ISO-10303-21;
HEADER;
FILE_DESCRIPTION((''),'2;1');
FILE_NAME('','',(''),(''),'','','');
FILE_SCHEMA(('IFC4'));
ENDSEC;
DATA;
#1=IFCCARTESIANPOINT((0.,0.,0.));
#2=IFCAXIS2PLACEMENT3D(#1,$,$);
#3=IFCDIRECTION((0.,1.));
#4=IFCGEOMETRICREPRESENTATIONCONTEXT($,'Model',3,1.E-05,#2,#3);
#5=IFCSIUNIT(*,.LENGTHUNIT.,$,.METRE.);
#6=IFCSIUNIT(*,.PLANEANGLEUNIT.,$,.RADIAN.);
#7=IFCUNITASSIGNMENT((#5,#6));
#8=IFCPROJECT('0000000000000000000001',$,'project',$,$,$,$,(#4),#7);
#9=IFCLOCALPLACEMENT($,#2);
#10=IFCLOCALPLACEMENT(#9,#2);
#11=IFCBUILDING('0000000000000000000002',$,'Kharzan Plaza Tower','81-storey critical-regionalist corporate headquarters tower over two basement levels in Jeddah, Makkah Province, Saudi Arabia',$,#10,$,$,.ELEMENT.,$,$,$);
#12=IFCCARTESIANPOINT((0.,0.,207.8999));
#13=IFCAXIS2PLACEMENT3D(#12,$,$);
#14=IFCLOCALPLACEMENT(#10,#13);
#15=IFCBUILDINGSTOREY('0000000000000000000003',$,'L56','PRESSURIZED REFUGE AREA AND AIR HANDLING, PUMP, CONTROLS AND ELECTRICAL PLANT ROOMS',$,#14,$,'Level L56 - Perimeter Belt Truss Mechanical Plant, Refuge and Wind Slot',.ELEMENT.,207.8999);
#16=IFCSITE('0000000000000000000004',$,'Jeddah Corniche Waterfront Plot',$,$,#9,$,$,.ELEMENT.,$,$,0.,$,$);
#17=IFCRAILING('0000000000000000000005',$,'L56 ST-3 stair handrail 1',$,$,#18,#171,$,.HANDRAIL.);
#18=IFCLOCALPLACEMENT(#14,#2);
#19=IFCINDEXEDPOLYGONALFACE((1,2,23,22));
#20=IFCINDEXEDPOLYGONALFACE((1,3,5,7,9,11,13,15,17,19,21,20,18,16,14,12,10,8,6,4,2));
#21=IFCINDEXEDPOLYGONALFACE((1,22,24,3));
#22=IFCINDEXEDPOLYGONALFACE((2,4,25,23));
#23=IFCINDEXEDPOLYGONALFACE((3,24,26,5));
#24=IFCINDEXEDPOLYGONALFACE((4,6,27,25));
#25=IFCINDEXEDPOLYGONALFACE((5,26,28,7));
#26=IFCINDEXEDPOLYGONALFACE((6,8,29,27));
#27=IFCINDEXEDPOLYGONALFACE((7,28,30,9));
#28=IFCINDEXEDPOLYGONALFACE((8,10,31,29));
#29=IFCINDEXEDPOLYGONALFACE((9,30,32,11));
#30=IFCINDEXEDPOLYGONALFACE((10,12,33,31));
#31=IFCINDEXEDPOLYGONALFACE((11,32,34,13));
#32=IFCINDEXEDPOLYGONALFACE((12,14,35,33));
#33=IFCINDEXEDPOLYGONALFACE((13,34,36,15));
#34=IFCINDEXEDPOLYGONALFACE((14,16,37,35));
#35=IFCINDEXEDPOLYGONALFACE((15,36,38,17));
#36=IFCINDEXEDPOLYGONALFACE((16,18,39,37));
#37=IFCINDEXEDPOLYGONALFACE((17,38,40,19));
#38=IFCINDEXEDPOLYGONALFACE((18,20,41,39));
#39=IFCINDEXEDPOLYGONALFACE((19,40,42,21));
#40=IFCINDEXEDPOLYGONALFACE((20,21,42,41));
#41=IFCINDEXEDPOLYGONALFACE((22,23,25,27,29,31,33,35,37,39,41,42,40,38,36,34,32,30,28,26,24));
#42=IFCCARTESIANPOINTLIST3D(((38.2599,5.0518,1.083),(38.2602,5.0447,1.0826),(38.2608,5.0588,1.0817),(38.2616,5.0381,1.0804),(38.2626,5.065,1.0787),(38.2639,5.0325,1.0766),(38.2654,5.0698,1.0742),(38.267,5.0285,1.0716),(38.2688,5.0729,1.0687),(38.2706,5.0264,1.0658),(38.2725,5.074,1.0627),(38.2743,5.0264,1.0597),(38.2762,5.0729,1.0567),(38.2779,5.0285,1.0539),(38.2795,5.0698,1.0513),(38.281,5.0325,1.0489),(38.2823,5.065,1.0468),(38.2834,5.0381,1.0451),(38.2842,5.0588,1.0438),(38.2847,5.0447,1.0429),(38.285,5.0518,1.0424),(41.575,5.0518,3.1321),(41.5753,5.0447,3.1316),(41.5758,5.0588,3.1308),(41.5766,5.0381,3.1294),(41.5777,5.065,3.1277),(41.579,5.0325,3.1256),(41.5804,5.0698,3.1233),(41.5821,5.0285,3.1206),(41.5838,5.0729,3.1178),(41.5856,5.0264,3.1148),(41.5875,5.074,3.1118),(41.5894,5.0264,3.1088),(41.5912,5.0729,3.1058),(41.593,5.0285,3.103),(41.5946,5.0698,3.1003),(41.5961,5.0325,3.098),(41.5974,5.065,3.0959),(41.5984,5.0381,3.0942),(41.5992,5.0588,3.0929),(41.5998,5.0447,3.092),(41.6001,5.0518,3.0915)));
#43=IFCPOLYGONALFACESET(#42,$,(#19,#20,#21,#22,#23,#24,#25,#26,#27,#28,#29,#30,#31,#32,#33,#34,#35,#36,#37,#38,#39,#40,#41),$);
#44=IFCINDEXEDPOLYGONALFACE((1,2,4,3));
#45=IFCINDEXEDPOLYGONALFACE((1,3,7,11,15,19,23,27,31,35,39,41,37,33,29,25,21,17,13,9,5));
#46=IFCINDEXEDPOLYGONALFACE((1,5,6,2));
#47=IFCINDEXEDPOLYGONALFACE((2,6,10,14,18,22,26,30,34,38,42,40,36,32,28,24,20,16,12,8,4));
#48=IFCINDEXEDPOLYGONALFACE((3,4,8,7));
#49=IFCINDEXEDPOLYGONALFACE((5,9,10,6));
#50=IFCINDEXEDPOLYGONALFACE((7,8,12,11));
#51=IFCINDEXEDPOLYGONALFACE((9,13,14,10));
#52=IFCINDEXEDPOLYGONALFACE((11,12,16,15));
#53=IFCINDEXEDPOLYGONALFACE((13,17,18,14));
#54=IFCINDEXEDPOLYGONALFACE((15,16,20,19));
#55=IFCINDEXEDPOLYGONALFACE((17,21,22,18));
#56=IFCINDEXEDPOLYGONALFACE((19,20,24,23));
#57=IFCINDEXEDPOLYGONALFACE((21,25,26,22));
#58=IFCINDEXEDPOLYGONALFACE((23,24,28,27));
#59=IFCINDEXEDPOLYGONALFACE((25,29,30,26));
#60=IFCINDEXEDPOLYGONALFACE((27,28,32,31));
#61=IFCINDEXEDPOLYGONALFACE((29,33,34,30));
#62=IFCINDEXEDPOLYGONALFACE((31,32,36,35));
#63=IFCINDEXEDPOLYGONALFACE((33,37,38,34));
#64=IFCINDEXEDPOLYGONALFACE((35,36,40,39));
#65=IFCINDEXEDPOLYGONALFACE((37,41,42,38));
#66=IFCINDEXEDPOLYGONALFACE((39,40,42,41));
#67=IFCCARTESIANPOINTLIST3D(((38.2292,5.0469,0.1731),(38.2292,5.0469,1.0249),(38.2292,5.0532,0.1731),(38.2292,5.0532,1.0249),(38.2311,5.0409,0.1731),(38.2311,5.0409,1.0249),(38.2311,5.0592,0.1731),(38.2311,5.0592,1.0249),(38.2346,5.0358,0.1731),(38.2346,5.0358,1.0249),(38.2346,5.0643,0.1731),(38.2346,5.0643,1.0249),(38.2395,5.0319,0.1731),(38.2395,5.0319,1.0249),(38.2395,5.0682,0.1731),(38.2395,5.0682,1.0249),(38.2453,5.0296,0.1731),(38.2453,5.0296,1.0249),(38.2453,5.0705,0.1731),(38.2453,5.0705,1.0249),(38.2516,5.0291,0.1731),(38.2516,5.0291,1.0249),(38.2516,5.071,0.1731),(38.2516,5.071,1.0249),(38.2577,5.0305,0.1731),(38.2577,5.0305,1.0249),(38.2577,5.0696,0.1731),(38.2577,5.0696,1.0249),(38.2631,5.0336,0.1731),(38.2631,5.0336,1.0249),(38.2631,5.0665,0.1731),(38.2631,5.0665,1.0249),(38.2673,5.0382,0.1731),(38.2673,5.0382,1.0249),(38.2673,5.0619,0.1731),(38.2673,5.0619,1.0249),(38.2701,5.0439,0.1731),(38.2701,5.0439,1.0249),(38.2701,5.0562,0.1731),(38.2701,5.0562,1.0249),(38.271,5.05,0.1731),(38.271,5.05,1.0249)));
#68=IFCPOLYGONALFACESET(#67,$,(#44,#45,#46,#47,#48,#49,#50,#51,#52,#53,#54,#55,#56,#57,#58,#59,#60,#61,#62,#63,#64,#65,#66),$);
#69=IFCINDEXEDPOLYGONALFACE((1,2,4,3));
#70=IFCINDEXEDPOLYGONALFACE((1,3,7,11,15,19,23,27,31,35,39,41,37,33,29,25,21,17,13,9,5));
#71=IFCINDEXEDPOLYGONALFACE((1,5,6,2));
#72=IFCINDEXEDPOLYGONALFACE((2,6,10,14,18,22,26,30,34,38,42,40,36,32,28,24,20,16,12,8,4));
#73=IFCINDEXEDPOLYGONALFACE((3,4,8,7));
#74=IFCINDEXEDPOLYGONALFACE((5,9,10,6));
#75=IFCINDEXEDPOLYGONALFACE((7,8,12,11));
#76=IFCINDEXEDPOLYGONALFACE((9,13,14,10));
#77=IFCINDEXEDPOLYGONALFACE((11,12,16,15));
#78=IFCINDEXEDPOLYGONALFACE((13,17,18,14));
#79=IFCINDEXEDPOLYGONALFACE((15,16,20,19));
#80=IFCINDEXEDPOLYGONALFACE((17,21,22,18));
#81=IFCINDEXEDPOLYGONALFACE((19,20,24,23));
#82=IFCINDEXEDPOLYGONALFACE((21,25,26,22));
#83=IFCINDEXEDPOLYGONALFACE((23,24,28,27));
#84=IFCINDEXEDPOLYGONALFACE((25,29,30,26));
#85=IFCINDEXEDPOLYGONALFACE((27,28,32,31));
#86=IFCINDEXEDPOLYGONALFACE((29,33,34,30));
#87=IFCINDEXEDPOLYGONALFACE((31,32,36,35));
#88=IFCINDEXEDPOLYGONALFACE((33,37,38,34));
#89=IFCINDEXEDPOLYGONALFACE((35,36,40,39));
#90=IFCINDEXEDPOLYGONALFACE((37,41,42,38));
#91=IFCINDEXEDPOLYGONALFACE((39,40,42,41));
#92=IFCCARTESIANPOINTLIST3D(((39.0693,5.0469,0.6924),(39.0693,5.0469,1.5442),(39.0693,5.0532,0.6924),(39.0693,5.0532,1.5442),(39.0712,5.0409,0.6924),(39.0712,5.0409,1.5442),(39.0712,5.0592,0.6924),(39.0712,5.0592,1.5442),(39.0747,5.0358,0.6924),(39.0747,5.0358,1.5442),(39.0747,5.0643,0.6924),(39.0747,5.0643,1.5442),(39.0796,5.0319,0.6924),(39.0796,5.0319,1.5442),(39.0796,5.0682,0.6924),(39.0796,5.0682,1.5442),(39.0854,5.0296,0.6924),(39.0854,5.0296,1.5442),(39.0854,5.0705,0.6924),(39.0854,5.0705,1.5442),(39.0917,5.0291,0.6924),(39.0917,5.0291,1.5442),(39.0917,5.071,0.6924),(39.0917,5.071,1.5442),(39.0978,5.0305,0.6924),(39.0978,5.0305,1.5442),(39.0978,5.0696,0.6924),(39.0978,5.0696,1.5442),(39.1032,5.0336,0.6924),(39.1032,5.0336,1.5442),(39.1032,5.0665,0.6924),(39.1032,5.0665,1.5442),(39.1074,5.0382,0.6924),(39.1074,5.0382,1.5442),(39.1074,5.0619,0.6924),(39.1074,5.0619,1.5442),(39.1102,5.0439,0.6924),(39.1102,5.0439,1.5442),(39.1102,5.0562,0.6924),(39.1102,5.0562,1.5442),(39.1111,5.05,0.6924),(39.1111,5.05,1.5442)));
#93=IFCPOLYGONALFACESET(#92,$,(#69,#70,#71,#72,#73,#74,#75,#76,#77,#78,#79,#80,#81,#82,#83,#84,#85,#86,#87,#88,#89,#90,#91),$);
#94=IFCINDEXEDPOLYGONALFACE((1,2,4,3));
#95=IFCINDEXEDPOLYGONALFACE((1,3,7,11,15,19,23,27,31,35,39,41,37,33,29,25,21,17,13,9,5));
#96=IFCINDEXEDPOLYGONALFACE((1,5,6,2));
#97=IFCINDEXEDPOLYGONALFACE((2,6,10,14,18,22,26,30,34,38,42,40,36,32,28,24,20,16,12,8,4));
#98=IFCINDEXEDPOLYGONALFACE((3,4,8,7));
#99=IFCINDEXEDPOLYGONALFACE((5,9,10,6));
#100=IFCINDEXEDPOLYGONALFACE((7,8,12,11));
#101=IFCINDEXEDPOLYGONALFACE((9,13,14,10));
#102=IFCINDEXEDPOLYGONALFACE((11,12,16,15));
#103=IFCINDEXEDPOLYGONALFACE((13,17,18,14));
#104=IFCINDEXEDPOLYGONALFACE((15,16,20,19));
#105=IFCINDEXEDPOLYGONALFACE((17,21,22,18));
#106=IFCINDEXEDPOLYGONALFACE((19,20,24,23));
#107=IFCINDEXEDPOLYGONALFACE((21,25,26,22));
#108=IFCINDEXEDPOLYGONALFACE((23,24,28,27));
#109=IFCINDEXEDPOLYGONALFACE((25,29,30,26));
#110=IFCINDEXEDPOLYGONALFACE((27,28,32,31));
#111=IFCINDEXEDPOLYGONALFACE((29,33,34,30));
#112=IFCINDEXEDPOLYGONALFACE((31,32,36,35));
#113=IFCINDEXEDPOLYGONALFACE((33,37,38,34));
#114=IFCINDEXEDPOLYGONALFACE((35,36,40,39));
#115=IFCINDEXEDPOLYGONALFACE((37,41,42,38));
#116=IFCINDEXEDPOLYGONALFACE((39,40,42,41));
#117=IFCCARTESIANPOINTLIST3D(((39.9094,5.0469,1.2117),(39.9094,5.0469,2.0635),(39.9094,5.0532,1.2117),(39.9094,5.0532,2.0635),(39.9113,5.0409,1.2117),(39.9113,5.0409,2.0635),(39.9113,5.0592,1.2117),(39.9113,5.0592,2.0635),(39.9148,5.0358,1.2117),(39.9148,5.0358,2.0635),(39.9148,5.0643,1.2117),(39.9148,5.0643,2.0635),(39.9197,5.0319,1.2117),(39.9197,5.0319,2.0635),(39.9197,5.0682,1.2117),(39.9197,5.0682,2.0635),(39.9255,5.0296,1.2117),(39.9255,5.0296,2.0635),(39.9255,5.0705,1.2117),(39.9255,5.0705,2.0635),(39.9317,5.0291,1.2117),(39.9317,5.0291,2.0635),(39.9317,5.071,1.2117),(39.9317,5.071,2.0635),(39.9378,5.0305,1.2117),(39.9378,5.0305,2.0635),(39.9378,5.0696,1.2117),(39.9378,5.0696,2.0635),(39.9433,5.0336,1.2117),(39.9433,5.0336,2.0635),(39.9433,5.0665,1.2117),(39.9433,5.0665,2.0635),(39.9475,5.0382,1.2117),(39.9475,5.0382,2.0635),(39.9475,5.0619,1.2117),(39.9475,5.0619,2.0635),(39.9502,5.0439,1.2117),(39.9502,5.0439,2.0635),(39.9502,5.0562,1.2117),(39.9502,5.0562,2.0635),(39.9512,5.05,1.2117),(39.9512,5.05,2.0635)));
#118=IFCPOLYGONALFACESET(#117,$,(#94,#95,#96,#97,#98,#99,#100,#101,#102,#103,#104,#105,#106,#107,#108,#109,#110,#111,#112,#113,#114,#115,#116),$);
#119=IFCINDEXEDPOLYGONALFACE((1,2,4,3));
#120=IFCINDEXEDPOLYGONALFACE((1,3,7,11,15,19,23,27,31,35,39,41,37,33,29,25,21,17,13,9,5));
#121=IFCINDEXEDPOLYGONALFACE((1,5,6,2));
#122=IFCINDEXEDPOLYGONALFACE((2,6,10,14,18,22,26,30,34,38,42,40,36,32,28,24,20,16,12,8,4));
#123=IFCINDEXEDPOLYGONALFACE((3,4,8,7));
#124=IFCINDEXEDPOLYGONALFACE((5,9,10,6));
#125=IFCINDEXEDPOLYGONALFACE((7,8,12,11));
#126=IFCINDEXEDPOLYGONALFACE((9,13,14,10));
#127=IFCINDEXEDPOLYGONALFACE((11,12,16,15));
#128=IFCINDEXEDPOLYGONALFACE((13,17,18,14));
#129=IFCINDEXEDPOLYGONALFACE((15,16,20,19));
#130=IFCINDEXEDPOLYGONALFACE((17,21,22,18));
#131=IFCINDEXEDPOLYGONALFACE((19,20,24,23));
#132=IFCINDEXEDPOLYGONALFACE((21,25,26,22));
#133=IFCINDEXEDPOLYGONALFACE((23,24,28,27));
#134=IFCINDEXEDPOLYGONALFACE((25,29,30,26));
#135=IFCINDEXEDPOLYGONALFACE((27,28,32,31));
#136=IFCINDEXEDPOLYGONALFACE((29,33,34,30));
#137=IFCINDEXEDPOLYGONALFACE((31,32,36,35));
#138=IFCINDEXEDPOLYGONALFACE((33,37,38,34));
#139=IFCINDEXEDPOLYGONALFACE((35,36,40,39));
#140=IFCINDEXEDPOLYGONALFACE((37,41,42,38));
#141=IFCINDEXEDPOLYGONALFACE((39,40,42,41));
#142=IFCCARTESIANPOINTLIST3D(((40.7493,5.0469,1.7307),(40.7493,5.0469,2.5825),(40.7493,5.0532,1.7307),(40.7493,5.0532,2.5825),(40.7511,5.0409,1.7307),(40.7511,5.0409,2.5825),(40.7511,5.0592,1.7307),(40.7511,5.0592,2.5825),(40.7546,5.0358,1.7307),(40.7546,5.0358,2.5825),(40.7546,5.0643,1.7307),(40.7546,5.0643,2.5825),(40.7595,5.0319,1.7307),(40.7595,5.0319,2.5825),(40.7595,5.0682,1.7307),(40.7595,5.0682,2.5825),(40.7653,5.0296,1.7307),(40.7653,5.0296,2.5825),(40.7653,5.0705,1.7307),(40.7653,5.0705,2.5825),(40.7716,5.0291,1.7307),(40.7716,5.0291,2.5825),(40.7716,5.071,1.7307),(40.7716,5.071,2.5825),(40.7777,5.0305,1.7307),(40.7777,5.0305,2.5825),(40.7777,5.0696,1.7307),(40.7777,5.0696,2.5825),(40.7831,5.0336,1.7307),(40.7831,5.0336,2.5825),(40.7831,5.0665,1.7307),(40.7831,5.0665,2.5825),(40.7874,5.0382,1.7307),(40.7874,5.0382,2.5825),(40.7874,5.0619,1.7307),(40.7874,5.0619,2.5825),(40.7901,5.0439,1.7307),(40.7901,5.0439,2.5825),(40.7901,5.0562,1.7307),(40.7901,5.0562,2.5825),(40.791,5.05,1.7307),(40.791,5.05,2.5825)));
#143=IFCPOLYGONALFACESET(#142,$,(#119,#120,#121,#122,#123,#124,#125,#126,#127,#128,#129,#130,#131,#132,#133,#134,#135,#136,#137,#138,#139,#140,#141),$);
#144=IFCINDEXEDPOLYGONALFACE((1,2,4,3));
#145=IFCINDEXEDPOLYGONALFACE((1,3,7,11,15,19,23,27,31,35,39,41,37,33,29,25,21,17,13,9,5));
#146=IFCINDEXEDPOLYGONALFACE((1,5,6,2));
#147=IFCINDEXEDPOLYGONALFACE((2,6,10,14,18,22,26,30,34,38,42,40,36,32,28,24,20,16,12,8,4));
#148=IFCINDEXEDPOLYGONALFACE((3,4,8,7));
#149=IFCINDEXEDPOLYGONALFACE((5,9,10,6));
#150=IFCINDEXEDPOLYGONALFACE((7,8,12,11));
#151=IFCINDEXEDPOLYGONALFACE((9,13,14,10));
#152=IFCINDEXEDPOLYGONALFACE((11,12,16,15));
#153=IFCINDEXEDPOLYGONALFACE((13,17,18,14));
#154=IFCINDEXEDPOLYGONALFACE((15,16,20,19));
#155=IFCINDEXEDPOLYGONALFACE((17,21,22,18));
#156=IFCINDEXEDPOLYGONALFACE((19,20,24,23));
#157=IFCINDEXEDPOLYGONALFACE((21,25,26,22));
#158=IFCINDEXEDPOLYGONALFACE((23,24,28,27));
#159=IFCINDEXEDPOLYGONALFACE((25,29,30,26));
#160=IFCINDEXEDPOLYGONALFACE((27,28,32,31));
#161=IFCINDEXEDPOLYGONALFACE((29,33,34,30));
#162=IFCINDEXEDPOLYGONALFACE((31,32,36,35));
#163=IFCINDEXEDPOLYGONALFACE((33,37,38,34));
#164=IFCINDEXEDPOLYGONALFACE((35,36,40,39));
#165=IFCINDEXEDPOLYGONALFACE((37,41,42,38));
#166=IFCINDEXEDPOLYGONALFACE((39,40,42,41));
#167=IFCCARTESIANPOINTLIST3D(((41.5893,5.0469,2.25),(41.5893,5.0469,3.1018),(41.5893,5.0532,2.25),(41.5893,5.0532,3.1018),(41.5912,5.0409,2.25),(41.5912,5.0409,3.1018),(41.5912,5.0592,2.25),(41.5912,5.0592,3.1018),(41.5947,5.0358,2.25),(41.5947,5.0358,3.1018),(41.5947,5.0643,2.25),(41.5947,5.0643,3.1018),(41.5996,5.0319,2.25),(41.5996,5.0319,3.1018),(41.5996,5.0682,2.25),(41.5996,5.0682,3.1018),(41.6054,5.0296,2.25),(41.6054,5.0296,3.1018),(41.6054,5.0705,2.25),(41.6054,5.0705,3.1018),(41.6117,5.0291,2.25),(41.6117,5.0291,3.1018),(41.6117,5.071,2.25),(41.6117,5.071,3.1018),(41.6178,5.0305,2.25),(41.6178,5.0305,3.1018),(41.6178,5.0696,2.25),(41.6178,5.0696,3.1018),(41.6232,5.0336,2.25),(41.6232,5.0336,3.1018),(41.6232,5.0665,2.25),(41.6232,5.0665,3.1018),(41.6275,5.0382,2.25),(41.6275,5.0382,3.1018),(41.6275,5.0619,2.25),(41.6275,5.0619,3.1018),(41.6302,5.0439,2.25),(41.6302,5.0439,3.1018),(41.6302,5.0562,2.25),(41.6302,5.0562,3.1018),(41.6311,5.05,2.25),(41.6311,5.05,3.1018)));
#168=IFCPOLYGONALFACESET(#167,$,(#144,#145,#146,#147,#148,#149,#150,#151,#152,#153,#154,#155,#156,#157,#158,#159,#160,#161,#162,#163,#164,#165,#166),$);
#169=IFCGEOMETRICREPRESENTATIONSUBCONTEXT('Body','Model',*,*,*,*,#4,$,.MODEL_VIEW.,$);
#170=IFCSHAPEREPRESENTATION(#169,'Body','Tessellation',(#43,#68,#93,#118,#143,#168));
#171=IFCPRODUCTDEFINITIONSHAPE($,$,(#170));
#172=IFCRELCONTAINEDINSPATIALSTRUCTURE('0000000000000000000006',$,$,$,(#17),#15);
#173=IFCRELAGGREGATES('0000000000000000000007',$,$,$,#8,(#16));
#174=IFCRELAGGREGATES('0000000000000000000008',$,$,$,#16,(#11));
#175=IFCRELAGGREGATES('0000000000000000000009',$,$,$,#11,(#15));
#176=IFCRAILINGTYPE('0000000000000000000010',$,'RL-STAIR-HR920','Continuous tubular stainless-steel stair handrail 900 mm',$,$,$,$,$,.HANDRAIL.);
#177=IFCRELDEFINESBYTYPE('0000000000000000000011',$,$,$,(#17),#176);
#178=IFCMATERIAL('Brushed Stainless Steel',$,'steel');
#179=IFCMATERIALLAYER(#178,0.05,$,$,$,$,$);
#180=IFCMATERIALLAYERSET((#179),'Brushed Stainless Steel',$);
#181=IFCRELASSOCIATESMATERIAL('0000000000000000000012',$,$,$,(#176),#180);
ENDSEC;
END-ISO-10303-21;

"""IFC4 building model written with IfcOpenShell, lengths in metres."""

from ifc_helpers import new_model, si_unit, direction, frame, origin, origin_2d, place, context, subcontext, project, spatial, circle, extrude, source, transform, mapped, material, layer, layer_set, type_object, element, save


model = new_model("IFC4")

# Units and contexts
model_context = context("Model", 3, precision=1e-05, world=origin(), true_north=direction((0.0, 1.0)))
body_context = subcontext(model_context, "Body", "Model", "MODEL_VIEW")
ifc_project = project(units=[si_unit("LENGTHUNIT", "METRE"), si_unit("PLANEANGLEUNIT", "RADIAN")], contexts=[model_context])

# Site, building, storey
site_placement = place(None, origin())
site = spatial("IfcSite", under=ifc_project, at=site_placement, Name="Jeddah Corniche Waterfront Plot", CompositionType="ELEMENT", RefElevation=0.0)
building_placement = place(site_placement, origin())
building = spatial("IfcBuilding", under=site, at=building_placement, Name="Kharzan Plaza Tower", Description="81-storey critical-regionalist corporate headquarters tower over two basement levels in Jeddah, Makkah Province, Saudi Arabia", CompositionType="ELEMENT")
storey_placement = place(building_placement, frame((0.0, 0.0, 207.8999)))
storey = spatial("IfcBuildingStorey", under=building, at=storey_placement, Name="L56", Description="PRESSURIZED REFUGE AREA AND AIR HANDLING, PUMP, CONTROLS AND ELECTRICAL PLANT ROOMS", LongName="Level L56 - Perimeter Belt Truss Mechanical Plant, Refuge and Wind Slot", CompositionType="ELEMENT", Elevation=207.8999)

# Railing
ifc_material_1 = material(Name="Brushed Stainless Steel", Category="steel")
ifc_layer_1 = layer(ifc_material_1, 0.05)
ifc_layer_set_1 = layer_set([ifc_layer_1], Name="Brushed Stainless Steel")
railing_type_1 = type_object("IfcRailingType", Name="RL-STAIR-HR920", Description="Continuous tubular stainless-steel stair handrail 900 mm", PredefinedType="HANDRAIL", material=ifc_layer_set_1)
shared_shape_1 = source(origin(), body_context, "Body", "SweptSolid", [
    extrude(circle(Radius=0.0239, at=origin_2d()), frame((0.0225, 0.0, 0.8896), z_axis=(0.850623, 0.0, 0.525776), x_axis=(0.0, 1.0, 0.0)), (0.0, 0.0, 1.0), 3.8972),
    extrude(circle(Radius=0.021, at=origin_2d()), origin(), (0.0, 0.0, 1.0), 0.8518),
    extrude(circle(Radius=0.021, at=origin_2d()), frame((0.8401, 0.0, 0.5193)), (0.0, 0.0, 1.0), 0.8518),
    extrude(circle(Radius=0.021, at=origin_2d()), frame((1.6802, 0.0, 1.0386)), (0.0, 0.0, 1.0), 0.8518),
    extrude(circle(Radius=0.021, at=origin_2d()), frame((2.52, 0.0, 1.5576)), (0.0, 0.0, 1.0), 0.8518),
    extrude(circle(Radius=0.021, at=origin_2d()), frame((3.3601, 0.0, 2.0769)), (0.0, 0.0, 1.0), 0.8518),
])
railing_1_placement = place(storey_placement, frame((38.25, 5.05, 0.1731)))
element("IfcRailing", 1, at=railing_1_placement, inside=storey, type_object=railing_type_1, Name="L56 ST-3 stair handrail 1", PredefinedType="HANDRAIL", context=body_context, shape_type="MappedRepresentation", body=[
    mapped(shared_shape_1, transform((0.0, 0.0, 0.0), x_axis=(1.0, 0.0, 0.0), y_axis=(0.0, 1.0, 0.0), z_axis=(0.0, 0.0, 1.0))),
])

save(model, "model.ifc")
